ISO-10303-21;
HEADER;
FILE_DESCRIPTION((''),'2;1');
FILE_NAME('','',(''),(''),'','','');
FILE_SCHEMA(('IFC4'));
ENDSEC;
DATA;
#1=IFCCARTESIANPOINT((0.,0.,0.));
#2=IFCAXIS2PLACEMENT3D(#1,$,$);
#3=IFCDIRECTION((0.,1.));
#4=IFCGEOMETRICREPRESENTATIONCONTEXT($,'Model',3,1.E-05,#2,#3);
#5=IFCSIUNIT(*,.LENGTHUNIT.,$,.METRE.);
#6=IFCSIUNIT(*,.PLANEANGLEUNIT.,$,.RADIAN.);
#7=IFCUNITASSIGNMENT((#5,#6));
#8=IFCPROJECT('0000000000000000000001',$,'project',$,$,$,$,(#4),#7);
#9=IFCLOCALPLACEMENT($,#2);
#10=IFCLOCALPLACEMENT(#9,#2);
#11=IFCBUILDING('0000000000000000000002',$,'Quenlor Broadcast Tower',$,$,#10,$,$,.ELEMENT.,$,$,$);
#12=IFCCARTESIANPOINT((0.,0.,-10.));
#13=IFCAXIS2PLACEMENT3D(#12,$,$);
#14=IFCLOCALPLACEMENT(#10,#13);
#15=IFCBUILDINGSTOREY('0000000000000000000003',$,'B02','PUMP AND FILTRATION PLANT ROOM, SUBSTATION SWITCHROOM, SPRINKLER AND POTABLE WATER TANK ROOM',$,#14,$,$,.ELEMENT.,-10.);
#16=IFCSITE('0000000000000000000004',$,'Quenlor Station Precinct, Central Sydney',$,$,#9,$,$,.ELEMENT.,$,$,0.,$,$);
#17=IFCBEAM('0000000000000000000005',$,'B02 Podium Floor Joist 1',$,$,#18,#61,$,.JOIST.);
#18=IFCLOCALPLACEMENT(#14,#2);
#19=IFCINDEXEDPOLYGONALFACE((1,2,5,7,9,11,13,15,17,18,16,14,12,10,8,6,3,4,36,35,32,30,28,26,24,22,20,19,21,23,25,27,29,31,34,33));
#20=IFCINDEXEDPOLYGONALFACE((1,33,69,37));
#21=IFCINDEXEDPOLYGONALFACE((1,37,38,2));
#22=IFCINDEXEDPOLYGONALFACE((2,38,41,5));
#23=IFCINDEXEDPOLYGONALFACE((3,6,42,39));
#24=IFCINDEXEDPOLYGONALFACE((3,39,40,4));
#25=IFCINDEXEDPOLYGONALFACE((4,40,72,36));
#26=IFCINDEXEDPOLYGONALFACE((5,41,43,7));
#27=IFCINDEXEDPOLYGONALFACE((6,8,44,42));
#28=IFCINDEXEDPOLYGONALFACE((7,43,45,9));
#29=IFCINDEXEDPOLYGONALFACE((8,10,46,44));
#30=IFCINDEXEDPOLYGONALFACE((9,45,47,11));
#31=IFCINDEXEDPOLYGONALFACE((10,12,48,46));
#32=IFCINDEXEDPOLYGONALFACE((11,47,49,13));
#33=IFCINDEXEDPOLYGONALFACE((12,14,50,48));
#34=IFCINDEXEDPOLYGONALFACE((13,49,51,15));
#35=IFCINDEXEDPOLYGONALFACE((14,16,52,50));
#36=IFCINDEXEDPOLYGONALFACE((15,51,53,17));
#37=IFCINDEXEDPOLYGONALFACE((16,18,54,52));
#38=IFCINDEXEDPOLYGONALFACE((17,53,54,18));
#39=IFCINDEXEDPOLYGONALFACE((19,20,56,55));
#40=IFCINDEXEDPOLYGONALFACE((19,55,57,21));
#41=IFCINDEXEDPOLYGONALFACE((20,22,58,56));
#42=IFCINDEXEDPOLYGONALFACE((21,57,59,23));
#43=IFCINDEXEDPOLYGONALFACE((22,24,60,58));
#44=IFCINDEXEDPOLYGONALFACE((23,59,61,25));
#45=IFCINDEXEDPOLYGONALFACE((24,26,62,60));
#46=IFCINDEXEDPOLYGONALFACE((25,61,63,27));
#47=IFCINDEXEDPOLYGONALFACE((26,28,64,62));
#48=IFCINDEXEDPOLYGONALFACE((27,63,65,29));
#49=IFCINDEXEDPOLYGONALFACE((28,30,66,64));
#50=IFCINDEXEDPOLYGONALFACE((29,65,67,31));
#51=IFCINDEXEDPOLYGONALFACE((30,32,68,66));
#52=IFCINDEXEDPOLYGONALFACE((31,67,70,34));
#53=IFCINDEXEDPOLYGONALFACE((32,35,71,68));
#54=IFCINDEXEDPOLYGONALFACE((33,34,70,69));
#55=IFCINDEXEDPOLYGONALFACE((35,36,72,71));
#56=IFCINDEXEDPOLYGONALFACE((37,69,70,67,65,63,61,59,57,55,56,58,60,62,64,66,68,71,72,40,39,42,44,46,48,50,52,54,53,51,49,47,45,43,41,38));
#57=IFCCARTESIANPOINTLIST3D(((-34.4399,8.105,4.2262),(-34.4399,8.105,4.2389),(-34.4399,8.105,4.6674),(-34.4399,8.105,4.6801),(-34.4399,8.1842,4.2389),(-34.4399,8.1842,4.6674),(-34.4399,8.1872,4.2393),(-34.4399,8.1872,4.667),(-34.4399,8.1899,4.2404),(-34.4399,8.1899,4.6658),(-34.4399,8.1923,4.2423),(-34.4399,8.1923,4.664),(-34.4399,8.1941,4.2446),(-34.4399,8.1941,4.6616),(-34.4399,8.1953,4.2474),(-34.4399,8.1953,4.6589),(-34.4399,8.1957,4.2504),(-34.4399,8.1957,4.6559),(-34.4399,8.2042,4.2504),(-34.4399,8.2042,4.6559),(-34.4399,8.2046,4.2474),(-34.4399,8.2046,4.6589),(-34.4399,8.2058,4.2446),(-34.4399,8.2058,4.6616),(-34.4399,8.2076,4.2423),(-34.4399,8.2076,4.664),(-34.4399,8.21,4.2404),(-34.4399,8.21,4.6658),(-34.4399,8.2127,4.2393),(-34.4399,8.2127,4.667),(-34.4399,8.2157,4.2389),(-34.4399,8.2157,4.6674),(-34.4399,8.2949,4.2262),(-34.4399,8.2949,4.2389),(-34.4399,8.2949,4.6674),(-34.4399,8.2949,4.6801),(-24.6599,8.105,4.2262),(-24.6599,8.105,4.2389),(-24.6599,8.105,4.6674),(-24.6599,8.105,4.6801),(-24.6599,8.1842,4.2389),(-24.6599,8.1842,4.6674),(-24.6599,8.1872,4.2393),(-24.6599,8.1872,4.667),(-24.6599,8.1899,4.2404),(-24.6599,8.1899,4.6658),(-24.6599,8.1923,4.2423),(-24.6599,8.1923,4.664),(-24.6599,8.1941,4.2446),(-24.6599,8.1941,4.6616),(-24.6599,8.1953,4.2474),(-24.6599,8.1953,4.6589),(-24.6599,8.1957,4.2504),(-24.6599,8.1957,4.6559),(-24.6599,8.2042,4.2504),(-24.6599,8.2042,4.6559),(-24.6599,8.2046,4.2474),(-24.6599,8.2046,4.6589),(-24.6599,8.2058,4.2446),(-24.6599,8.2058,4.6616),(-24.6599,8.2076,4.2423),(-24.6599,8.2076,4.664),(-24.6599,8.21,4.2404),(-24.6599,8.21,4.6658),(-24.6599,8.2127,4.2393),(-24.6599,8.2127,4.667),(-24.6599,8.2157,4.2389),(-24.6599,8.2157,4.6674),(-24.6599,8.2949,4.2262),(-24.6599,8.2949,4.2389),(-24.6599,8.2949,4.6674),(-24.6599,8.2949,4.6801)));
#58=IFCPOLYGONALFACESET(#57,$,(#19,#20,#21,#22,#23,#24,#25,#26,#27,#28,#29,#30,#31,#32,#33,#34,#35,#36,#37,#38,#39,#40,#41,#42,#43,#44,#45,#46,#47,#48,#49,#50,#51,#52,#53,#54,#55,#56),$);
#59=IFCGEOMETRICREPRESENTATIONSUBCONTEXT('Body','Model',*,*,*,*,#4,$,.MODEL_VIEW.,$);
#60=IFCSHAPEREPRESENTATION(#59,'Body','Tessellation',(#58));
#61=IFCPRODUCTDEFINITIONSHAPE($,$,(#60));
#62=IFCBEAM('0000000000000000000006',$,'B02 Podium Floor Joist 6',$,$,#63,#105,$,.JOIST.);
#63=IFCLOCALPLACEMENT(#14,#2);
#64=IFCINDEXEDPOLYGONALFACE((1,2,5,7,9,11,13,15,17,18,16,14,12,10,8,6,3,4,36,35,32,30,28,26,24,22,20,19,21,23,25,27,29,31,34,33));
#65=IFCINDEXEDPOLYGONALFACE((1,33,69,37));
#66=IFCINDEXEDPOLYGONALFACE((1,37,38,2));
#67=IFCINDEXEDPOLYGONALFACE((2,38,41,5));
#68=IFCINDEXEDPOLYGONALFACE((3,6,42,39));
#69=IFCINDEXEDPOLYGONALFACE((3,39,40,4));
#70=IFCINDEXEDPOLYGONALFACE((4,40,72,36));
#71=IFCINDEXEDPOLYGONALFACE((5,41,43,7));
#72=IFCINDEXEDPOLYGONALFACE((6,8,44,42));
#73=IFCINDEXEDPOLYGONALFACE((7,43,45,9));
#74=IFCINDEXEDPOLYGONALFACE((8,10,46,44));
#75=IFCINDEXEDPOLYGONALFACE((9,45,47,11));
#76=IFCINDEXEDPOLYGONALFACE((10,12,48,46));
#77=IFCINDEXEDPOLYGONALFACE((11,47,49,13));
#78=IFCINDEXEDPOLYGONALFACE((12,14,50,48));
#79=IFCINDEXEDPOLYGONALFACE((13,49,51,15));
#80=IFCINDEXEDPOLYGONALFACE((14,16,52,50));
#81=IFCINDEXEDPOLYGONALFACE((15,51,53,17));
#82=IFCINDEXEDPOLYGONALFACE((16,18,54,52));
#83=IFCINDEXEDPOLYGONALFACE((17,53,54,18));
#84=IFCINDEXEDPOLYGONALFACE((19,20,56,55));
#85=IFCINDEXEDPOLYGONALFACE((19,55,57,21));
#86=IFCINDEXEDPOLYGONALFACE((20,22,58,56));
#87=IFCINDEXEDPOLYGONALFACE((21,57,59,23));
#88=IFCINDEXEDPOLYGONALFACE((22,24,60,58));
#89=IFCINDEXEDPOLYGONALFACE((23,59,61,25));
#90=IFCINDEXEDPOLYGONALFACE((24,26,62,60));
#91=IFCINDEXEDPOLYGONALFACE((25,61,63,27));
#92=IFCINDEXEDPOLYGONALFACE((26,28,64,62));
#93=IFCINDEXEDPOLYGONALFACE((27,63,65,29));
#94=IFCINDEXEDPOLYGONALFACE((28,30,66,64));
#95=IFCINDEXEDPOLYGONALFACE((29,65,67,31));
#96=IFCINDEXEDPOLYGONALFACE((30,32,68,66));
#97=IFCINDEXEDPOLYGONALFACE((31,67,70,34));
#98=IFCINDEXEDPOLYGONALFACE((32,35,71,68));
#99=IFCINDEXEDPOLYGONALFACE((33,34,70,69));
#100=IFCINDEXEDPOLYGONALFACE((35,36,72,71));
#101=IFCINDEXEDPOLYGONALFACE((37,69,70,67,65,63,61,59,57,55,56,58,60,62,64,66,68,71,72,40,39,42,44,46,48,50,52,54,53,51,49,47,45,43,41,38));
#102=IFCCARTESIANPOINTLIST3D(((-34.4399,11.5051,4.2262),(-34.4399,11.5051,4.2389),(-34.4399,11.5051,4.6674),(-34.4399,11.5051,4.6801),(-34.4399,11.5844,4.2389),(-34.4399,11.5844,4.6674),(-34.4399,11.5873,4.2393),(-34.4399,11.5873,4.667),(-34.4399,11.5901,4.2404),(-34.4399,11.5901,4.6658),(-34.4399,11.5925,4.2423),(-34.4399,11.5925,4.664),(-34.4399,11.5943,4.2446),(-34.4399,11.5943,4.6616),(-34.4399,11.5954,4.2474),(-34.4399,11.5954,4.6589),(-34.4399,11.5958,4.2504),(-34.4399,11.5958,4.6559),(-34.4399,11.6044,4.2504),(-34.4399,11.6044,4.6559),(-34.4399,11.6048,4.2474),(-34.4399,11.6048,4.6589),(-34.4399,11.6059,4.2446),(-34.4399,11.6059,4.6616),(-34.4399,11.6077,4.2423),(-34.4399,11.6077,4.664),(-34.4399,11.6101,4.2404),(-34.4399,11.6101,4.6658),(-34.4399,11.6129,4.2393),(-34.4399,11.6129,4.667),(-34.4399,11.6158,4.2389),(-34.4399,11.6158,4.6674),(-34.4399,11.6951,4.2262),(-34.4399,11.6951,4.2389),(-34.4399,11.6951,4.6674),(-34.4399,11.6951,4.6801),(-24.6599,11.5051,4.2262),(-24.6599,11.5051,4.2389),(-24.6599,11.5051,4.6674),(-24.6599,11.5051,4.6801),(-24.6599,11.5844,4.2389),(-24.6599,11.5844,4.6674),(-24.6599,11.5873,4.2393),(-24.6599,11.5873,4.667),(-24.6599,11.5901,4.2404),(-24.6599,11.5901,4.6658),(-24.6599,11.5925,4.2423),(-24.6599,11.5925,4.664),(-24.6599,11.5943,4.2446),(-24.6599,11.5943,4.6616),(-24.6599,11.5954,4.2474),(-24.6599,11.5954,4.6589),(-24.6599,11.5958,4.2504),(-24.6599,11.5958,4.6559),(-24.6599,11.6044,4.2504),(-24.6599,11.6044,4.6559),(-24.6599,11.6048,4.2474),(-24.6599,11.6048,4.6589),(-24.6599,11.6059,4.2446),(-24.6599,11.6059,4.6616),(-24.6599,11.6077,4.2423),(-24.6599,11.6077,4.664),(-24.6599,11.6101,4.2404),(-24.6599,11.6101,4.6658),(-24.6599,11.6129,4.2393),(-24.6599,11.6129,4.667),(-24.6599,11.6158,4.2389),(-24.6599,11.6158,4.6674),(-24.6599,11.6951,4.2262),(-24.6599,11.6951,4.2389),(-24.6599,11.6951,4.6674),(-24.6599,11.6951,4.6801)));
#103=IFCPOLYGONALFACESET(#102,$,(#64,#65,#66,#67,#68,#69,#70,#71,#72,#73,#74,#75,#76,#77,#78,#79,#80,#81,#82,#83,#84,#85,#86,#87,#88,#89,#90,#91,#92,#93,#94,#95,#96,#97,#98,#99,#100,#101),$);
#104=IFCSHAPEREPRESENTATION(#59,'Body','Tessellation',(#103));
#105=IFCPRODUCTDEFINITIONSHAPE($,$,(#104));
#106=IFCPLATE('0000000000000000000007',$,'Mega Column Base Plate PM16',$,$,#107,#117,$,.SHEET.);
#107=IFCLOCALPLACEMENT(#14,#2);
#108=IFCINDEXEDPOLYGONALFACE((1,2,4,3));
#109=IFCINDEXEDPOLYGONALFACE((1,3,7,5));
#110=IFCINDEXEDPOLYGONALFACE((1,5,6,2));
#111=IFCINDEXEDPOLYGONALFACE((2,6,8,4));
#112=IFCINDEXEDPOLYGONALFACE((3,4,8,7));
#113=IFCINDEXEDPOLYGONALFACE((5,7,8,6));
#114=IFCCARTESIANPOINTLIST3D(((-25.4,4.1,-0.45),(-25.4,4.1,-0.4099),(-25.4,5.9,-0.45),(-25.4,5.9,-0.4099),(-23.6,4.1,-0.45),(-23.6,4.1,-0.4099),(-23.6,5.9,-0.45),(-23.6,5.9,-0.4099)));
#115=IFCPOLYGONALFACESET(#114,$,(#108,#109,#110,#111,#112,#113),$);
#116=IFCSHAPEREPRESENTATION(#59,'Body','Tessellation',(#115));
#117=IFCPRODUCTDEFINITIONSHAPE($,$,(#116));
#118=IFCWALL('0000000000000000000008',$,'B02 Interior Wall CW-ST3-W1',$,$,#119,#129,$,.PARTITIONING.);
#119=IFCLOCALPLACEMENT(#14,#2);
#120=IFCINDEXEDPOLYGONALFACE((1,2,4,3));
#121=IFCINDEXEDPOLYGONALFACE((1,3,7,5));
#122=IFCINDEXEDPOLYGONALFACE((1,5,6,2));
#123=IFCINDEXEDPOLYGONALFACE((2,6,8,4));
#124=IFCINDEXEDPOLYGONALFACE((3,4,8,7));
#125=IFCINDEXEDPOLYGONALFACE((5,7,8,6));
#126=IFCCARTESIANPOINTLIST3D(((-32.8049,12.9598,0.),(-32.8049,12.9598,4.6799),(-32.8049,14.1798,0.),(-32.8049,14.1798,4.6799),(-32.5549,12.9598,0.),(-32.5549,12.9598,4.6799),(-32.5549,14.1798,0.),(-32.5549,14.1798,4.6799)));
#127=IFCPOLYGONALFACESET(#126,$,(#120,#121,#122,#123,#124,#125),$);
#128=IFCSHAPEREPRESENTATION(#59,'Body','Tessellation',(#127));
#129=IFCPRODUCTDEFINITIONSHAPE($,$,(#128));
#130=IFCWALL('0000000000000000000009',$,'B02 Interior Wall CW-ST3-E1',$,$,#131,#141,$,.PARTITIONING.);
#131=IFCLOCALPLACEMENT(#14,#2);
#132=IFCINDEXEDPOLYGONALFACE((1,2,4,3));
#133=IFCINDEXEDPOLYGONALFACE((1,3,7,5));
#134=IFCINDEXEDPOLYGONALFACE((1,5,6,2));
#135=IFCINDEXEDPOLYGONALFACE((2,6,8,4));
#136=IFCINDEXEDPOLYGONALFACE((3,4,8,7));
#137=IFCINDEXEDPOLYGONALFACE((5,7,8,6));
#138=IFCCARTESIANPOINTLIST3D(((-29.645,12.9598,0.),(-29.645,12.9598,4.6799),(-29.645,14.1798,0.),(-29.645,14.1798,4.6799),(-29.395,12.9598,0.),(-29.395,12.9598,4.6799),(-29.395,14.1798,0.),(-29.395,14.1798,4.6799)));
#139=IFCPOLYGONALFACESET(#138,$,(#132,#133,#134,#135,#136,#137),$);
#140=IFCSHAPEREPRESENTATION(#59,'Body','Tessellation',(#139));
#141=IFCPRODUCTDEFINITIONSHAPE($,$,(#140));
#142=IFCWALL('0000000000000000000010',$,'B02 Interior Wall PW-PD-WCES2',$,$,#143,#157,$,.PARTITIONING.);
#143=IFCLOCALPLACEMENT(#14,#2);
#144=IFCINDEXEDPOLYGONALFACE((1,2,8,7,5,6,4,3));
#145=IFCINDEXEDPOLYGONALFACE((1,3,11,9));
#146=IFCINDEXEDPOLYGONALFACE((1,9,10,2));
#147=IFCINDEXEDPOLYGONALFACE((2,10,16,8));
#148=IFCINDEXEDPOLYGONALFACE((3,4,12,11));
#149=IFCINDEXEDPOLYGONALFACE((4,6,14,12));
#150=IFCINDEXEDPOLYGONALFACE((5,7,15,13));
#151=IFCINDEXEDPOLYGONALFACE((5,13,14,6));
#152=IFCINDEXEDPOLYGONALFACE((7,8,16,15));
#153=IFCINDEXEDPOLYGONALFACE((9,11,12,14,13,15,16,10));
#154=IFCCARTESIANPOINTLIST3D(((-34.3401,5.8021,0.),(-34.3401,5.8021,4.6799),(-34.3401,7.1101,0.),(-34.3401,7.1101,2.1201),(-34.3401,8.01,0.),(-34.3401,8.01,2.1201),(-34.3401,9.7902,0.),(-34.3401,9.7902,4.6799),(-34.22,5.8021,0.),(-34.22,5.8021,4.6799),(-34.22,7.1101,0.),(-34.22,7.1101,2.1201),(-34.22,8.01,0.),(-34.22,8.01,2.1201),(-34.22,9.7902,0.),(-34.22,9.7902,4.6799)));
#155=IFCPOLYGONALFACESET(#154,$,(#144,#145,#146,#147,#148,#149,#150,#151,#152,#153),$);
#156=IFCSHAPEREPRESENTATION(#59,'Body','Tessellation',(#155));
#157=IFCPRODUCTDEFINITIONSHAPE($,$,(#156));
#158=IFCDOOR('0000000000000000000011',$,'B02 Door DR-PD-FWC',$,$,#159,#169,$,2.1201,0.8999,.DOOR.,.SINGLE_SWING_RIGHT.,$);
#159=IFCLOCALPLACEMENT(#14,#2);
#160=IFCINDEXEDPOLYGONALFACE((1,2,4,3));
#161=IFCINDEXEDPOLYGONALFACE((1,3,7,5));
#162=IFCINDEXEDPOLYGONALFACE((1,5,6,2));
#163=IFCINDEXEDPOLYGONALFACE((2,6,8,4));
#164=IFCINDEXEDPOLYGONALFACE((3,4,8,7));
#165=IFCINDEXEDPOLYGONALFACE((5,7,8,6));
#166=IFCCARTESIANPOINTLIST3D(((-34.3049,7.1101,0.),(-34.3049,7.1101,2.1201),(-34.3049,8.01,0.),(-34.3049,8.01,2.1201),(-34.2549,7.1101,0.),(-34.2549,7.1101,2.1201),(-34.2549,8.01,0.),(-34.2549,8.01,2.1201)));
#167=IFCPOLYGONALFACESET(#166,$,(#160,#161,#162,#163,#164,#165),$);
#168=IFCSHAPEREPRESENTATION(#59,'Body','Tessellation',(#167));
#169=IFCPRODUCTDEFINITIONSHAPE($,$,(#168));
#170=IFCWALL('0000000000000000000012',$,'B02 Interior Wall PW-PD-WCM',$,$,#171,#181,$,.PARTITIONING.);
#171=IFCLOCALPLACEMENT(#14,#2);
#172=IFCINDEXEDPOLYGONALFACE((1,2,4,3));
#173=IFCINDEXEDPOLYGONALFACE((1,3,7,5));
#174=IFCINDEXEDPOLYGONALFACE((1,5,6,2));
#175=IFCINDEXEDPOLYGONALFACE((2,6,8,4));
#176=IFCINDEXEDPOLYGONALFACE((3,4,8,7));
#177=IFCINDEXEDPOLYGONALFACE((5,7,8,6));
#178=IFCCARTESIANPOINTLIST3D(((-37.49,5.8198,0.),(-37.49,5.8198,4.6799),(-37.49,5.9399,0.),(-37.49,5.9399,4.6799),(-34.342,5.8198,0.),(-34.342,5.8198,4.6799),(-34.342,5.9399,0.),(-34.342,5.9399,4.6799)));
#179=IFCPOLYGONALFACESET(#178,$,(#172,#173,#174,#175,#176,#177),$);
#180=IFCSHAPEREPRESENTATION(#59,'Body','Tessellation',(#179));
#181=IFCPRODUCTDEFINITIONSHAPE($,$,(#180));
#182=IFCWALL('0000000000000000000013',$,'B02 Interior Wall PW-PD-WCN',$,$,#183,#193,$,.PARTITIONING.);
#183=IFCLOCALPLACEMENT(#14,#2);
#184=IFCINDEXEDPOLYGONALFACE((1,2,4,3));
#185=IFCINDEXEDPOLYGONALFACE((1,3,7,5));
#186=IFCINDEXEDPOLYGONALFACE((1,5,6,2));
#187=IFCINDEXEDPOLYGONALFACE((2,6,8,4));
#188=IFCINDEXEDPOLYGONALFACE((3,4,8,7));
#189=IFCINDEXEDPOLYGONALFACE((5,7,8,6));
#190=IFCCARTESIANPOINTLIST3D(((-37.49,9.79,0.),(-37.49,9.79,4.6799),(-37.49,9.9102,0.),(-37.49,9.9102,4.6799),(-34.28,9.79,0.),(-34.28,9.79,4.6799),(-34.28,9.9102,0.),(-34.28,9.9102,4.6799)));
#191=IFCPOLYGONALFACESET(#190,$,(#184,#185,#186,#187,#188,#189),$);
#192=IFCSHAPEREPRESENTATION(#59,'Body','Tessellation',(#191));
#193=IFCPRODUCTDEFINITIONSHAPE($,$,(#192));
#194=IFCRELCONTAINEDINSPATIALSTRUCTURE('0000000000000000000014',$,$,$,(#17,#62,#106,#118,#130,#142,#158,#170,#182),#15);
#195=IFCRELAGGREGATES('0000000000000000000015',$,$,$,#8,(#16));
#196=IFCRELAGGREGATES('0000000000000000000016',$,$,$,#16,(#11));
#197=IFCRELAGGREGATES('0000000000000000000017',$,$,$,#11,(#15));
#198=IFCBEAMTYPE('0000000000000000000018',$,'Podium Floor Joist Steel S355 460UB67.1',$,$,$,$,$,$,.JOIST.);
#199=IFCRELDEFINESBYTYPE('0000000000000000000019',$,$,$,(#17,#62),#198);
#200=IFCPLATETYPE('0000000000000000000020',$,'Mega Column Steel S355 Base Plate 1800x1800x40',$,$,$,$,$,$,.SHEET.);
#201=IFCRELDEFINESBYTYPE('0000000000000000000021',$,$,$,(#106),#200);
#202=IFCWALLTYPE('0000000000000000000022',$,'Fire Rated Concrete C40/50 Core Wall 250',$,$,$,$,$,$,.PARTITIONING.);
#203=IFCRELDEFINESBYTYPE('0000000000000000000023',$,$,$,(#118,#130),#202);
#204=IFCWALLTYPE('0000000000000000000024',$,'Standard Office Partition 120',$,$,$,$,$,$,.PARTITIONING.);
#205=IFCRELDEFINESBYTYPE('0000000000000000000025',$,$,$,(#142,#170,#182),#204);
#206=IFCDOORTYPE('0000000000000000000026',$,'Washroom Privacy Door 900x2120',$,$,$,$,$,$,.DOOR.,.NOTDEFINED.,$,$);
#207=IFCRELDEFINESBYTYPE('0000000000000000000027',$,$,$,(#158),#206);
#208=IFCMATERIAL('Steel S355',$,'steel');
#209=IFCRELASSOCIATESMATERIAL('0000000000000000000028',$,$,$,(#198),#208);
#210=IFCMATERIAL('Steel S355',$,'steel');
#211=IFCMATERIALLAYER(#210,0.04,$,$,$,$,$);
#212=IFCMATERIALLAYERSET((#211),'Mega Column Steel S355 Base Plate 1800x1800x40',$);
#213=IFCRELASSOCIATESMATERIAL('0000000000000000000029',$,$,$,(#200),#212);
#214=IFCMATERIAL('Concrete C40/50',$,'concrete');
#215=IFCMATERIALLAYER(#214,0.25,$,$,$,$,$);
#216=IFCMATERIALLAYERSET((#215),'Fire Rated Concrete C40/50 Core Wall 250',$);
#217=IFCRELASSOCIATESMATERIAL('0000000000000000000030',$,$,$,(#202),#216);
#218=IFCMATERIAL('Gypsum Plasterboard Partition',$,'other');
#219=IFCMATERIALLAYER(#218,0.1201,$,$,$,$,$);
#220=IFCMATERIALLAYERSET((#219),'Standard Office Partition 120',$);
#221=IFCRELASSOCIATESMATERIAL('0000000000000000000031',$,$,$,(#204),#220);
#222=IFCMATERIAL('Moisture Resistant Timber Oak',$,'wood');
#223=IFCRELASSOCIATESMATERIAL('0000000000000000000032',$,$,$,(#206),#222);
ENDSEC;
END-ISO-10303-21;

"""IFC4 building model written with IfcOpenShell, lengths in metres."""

from ifc_helpers import new_model, si_unit, direction, frame, frame_2d, origin, origin_2d, place, context, subcontext, project, spatial, rectangle, i_section, extrude, material, layer, layer_set, material_profile, profile_set, type_object, element, fill, save


model = new_model("IFC4")

# Units and contexts
model_context = context("Model", 3, precision=1e-05, world=origin(), true_north=direction((0.0, 1.0)))
body_context = subcontext(model_context, "Body", "Model", "MODEL_VIEW")
ifc_project = project(units=[si_unit("LENGTHUNIT", "METRE"), si_unit("PLANEANGLEUNIT", "RADIAN")], contexts=[model_context])

# Site, building, storey
site_placement = place(None, origin())
site = spatial("IfcSite", under=ifc_project, at=site_placement, Name="Quenlor Station Precinct, Central Sydney", CompositionType="ELEMENT", RefElevation=0.0)
building_placement = place(site_placement, origin())
building = spatial("IfcBuilding", under=site, at=building_placement, Name="Quenlor Broadcast Tower", CompositionType="ELEMENT")
storey_placement = place(building_placement, frame((0.0, 0.0, -10.0)))
storey = spatial("IfcBuildingStorey", under=building, at=storey_placement, Name="B02", Description="PUMP AND FILTRATION PLANT ROOM, SUBSTATION SWITCHROOM, SPRINKLER AND POTABLE WATER TANK ROOM", CompositionType="ELEMENT", Elevation=-10.0)

# Beams
ifc_material_1 = material(Name="Steel S355", Category="steel")
ifc_material_profile_1 = material_profile(ifc_material_1, i_section(OverallWidth=0.1899, OverallDepth=0.4539, WebThickness=0.0085, FlangeThickness=0.0127, FilletRadius=0.0115, at=origin_2d()))
ifc_profile_set_1 = profile_set([ifc_material_profile_1], Name="Steel S355 460UB67.1")
beam_type_1 = type_object("IfcBeamType", Name="Podium Floor Joist Steel S355 460UB67.1", PredefinedType="JOIST", material=ifc_profile_set_1)
for number, where, z_axis, x_axis, name in (
    (1, (-34.4399, 8.2, 4.4531), (1.0, 0.0, 0.0), (0.0, 1.0, 0.0), "B02 Podium Floor Joist 1"),
    (2, (-34.4399, 11.6001, 4.4531), (1.0, 0.0, 0.0), (0.0, 1.0, 0.0), "B02 Podium Floor Joist 6"),
):
    element("IfcBeam", number, at=place(storey_placement, frame(where, z_axis=z_axis, x_axis=x_axis)), inside=storey, type_object=beam_type_1, Name=name, PredefinedType="JOIST", context=body_context, shape_type="SweptSolid", body=[
        extrude(i_section(OverallWidth=0.1899, OverallDepth=0.4539, WebThickness=0.0085, FlangeThickness=0.0127, FilletRadius=0.0115, at=origin_2d()), origin(), (0.0, 0.0, 1.0), 9.78),
    ])

# Plate
ifc_material_2 = material(Name="Steel S355", Category="steel")
ifc_layer_1 = layer(ifc_material_2, 0.04)
ifc_layer_set_1 = layer_set([ifc_layer_1], Name="Mega Column Steel S355 Base Plate 1800x1800x40")
plate_type = type_object("IfcPlateType", Name="Mega Column Steel S355 Base Plate 1800x1800x40", PredefinedType="SHEET", material=ifc_layer_set_1)
plate_placement = place(storey_placement, frame((-24.5, 5.0, -0.45), z_axis=(0.0, 0.0, 1.0), x_axis=(1.0, 0.0, 0.0)))
element("IfcPlate", 3, at=plate_placement, inside=storey, type_object=plate_type, Name="Mega Column Base Plate PM16", PredefinedType="SHEET", context=body_context, shape_type="SweptSolid", body=[
    extrude(rectangle(XDim=1.8, YDim=1.8, at=origin_2d()), origin(), (0.0, 0.0, 1.0), 0.04),
])

# Shared definitions
ifc_material_3 = material(Name="Concrete C40/50", Category="concrete")
ifc_layer_2 = layer(ifc_material_3, 0.25)
ifc_layer_set_2 = layer_set([ifc_layer_2], Name="Fire Rated Concrete C40/50 Core Wall 250")
wall_type_1 = type_object("IfcWallType", Name="Fire Rated Concrete C40/50 Core Wall 250", PredefinedType="PARTITIONING", material=ifc_layer_set_2)

# Walls
for number, where, z_axis, x_axis, name in (
    (4, (-32.6799, 12.96, 0.0), (0.0, 0.0, 1.0), (0.0, 1.0, 0.0), "B02 Interior Wall CW-ST3-W1"),
    (5, (-29.52, 12.96, 0.0), (0.0, 0.0, 1.0), (0.0, 1.0, 0.0), "B02 Interior Wall CW-ST3-E1"),
):
    element("IfcWall", number, at=place(storey_placement, frame(where, z_axis=z_axis, x_axis=x_axis)), inside=storey, type_object=wall_type_1, Name=name, PredefinedType="PARTITIONING", context=body_context, shape_type="SweptSolid", body=[
        extrude(rectangle(XDim=1.22, YDim=0.25, at=frame_2d((0.6099, 0.0))), origin(), (0.0, 0.0, 1.0), 4.6799),
    ])

# Wall, opening, door
ifc_material_4 = material(Name="Gypsum Plasterboard Partition", Category="other")
ifc_layer_3 = layer(ifc_material_4, 0.1201)
ifc_layer_set_3 = layer_set([ifc_layer_3], Name="Standard Office Partition 120")
wall_type_2 = type_object("IfcWallType", Name="Standard Office Partition 120", PredefinedType="PARTITIONING", material=ifc_layer_set_3)
wall_1_placement = place(storey_placement, frame((-34.28, 5.802, 0.0), z_axis=(0.0, 0.0, 1.0), x_axis=(0.0, 1.0, 0.0)))
wall_1 = element("IfcWall", 6, at=wall_1_placement, inside=storey, type_object=wall_type_2, Name="B02 Interior Wall PW-PD-WCES2", PredefinedType="PARTITIONING", context=body_context, shape_type="SweptSolid", body=[
    extrude(rectangle(XDim=3.988, YDim=0.1201, at=frame_2d((1.9941, 0.0))), origin(), (0.0, 0.0, 1.0), 4.6799),
])
opening_1_placement = place(wall_1_placement, frame((1.3081, 0.0, 0.0)))
opening_1 = element("IfcOpeningElement", 7, at=opening_1_placement, cuts=wall_1, PredefinedType="OPENING", context=body_context, shape_type="SweptSolid", body=[
    extrude(rectangle(XDim=0.8999, YDim=2.1201, at=frame_2d((0.45, 1.0601))), frame((0.0, 0.0701, 0.0), z_axis=(0.0, -1.0, 0.0), x_axis=(1.0, 0.0, 0.0)), (0.0, 0.0, 1.0), 0.1401),
])
ifc_material_5 = material(Name="Moisture Resistant Timber Oak", Category="wood")
door_type_1 = type_object("IfcDoorType", Name="Washroom Privacy Door 900x2120", OperationType="NOTDEFINED", PredefinedType="DOOR", material=ifc_material_5)
door_1_placement = place(opening_1_placement, origin())
door_1 = element("IfcDoor", 8, at=door_1_placement, inside=storey, type_object=door_type_1, Name="B02 Door DR-PD-FWC", OperationType="SINGLE_SWING_RIGHT", OverallHeight=2.1201, OverallWidth=0.8999, PredefinedType="DOOR", context=body_context, shape_type="SweptSolid", body=[
    extrude(rectangle(XDim=0.8999, YDim=2.1201, at=frame_2d((0.45, 1.0601))), frame((0.0, 0.0249, 0.0), z_axis=(0.0, -1.0, 0.0), x_axis=(1.0, 0.0, 0.0)), (0.0, 0.0, 1.0), 0.05),
])
fill(opening_1, door_1)

# Walls
wall_2_placement = place(storey_placement, frame((-37.49, 5.8799, 0.0), z_axis=(0.0, 0.0, 1.0), x_axis=(1.0, 0.0, 0.0)))
element("IfcWall", 9, at=wall_2_placement, inside=storey, type_object=wall_type_2, Name="B02 Interior Wall PW-PD-WCM", PredefinedType="PARTITIONING", context=body_context, shape_type="SweptSolid", body=[
    extrude(rectangle(XDim=3.1479, YDim=0.1201, at=frame_2d((1.574, 0.0))), origin(), (0.0, 0.0, 1.0), 4.6799),
])
wall_3_placement = place(storey_placement, frame((-37.49, 9.8501, 0.0), z_axis=(0.0, 0.0, 1.0), x_axis=(1.0, 0.0, 0.0)))
element("IfcWall", 10, at=wall_3_placement, inside=storey, type_object=wall_type_2, Name="B02 Interior Wall PW-PD-WCN", PredefinedType="PARTITIONING", context=body_context, shape_type="SweptSolid", body=[
    extrude(rectangle(XDim=3.21, YDim=0.1201, at=frame_2d((1.605, 0.0))), origin(), (0.0, 0.0, 1.0), 4.6799),
])

save(model, "model.ifc")
